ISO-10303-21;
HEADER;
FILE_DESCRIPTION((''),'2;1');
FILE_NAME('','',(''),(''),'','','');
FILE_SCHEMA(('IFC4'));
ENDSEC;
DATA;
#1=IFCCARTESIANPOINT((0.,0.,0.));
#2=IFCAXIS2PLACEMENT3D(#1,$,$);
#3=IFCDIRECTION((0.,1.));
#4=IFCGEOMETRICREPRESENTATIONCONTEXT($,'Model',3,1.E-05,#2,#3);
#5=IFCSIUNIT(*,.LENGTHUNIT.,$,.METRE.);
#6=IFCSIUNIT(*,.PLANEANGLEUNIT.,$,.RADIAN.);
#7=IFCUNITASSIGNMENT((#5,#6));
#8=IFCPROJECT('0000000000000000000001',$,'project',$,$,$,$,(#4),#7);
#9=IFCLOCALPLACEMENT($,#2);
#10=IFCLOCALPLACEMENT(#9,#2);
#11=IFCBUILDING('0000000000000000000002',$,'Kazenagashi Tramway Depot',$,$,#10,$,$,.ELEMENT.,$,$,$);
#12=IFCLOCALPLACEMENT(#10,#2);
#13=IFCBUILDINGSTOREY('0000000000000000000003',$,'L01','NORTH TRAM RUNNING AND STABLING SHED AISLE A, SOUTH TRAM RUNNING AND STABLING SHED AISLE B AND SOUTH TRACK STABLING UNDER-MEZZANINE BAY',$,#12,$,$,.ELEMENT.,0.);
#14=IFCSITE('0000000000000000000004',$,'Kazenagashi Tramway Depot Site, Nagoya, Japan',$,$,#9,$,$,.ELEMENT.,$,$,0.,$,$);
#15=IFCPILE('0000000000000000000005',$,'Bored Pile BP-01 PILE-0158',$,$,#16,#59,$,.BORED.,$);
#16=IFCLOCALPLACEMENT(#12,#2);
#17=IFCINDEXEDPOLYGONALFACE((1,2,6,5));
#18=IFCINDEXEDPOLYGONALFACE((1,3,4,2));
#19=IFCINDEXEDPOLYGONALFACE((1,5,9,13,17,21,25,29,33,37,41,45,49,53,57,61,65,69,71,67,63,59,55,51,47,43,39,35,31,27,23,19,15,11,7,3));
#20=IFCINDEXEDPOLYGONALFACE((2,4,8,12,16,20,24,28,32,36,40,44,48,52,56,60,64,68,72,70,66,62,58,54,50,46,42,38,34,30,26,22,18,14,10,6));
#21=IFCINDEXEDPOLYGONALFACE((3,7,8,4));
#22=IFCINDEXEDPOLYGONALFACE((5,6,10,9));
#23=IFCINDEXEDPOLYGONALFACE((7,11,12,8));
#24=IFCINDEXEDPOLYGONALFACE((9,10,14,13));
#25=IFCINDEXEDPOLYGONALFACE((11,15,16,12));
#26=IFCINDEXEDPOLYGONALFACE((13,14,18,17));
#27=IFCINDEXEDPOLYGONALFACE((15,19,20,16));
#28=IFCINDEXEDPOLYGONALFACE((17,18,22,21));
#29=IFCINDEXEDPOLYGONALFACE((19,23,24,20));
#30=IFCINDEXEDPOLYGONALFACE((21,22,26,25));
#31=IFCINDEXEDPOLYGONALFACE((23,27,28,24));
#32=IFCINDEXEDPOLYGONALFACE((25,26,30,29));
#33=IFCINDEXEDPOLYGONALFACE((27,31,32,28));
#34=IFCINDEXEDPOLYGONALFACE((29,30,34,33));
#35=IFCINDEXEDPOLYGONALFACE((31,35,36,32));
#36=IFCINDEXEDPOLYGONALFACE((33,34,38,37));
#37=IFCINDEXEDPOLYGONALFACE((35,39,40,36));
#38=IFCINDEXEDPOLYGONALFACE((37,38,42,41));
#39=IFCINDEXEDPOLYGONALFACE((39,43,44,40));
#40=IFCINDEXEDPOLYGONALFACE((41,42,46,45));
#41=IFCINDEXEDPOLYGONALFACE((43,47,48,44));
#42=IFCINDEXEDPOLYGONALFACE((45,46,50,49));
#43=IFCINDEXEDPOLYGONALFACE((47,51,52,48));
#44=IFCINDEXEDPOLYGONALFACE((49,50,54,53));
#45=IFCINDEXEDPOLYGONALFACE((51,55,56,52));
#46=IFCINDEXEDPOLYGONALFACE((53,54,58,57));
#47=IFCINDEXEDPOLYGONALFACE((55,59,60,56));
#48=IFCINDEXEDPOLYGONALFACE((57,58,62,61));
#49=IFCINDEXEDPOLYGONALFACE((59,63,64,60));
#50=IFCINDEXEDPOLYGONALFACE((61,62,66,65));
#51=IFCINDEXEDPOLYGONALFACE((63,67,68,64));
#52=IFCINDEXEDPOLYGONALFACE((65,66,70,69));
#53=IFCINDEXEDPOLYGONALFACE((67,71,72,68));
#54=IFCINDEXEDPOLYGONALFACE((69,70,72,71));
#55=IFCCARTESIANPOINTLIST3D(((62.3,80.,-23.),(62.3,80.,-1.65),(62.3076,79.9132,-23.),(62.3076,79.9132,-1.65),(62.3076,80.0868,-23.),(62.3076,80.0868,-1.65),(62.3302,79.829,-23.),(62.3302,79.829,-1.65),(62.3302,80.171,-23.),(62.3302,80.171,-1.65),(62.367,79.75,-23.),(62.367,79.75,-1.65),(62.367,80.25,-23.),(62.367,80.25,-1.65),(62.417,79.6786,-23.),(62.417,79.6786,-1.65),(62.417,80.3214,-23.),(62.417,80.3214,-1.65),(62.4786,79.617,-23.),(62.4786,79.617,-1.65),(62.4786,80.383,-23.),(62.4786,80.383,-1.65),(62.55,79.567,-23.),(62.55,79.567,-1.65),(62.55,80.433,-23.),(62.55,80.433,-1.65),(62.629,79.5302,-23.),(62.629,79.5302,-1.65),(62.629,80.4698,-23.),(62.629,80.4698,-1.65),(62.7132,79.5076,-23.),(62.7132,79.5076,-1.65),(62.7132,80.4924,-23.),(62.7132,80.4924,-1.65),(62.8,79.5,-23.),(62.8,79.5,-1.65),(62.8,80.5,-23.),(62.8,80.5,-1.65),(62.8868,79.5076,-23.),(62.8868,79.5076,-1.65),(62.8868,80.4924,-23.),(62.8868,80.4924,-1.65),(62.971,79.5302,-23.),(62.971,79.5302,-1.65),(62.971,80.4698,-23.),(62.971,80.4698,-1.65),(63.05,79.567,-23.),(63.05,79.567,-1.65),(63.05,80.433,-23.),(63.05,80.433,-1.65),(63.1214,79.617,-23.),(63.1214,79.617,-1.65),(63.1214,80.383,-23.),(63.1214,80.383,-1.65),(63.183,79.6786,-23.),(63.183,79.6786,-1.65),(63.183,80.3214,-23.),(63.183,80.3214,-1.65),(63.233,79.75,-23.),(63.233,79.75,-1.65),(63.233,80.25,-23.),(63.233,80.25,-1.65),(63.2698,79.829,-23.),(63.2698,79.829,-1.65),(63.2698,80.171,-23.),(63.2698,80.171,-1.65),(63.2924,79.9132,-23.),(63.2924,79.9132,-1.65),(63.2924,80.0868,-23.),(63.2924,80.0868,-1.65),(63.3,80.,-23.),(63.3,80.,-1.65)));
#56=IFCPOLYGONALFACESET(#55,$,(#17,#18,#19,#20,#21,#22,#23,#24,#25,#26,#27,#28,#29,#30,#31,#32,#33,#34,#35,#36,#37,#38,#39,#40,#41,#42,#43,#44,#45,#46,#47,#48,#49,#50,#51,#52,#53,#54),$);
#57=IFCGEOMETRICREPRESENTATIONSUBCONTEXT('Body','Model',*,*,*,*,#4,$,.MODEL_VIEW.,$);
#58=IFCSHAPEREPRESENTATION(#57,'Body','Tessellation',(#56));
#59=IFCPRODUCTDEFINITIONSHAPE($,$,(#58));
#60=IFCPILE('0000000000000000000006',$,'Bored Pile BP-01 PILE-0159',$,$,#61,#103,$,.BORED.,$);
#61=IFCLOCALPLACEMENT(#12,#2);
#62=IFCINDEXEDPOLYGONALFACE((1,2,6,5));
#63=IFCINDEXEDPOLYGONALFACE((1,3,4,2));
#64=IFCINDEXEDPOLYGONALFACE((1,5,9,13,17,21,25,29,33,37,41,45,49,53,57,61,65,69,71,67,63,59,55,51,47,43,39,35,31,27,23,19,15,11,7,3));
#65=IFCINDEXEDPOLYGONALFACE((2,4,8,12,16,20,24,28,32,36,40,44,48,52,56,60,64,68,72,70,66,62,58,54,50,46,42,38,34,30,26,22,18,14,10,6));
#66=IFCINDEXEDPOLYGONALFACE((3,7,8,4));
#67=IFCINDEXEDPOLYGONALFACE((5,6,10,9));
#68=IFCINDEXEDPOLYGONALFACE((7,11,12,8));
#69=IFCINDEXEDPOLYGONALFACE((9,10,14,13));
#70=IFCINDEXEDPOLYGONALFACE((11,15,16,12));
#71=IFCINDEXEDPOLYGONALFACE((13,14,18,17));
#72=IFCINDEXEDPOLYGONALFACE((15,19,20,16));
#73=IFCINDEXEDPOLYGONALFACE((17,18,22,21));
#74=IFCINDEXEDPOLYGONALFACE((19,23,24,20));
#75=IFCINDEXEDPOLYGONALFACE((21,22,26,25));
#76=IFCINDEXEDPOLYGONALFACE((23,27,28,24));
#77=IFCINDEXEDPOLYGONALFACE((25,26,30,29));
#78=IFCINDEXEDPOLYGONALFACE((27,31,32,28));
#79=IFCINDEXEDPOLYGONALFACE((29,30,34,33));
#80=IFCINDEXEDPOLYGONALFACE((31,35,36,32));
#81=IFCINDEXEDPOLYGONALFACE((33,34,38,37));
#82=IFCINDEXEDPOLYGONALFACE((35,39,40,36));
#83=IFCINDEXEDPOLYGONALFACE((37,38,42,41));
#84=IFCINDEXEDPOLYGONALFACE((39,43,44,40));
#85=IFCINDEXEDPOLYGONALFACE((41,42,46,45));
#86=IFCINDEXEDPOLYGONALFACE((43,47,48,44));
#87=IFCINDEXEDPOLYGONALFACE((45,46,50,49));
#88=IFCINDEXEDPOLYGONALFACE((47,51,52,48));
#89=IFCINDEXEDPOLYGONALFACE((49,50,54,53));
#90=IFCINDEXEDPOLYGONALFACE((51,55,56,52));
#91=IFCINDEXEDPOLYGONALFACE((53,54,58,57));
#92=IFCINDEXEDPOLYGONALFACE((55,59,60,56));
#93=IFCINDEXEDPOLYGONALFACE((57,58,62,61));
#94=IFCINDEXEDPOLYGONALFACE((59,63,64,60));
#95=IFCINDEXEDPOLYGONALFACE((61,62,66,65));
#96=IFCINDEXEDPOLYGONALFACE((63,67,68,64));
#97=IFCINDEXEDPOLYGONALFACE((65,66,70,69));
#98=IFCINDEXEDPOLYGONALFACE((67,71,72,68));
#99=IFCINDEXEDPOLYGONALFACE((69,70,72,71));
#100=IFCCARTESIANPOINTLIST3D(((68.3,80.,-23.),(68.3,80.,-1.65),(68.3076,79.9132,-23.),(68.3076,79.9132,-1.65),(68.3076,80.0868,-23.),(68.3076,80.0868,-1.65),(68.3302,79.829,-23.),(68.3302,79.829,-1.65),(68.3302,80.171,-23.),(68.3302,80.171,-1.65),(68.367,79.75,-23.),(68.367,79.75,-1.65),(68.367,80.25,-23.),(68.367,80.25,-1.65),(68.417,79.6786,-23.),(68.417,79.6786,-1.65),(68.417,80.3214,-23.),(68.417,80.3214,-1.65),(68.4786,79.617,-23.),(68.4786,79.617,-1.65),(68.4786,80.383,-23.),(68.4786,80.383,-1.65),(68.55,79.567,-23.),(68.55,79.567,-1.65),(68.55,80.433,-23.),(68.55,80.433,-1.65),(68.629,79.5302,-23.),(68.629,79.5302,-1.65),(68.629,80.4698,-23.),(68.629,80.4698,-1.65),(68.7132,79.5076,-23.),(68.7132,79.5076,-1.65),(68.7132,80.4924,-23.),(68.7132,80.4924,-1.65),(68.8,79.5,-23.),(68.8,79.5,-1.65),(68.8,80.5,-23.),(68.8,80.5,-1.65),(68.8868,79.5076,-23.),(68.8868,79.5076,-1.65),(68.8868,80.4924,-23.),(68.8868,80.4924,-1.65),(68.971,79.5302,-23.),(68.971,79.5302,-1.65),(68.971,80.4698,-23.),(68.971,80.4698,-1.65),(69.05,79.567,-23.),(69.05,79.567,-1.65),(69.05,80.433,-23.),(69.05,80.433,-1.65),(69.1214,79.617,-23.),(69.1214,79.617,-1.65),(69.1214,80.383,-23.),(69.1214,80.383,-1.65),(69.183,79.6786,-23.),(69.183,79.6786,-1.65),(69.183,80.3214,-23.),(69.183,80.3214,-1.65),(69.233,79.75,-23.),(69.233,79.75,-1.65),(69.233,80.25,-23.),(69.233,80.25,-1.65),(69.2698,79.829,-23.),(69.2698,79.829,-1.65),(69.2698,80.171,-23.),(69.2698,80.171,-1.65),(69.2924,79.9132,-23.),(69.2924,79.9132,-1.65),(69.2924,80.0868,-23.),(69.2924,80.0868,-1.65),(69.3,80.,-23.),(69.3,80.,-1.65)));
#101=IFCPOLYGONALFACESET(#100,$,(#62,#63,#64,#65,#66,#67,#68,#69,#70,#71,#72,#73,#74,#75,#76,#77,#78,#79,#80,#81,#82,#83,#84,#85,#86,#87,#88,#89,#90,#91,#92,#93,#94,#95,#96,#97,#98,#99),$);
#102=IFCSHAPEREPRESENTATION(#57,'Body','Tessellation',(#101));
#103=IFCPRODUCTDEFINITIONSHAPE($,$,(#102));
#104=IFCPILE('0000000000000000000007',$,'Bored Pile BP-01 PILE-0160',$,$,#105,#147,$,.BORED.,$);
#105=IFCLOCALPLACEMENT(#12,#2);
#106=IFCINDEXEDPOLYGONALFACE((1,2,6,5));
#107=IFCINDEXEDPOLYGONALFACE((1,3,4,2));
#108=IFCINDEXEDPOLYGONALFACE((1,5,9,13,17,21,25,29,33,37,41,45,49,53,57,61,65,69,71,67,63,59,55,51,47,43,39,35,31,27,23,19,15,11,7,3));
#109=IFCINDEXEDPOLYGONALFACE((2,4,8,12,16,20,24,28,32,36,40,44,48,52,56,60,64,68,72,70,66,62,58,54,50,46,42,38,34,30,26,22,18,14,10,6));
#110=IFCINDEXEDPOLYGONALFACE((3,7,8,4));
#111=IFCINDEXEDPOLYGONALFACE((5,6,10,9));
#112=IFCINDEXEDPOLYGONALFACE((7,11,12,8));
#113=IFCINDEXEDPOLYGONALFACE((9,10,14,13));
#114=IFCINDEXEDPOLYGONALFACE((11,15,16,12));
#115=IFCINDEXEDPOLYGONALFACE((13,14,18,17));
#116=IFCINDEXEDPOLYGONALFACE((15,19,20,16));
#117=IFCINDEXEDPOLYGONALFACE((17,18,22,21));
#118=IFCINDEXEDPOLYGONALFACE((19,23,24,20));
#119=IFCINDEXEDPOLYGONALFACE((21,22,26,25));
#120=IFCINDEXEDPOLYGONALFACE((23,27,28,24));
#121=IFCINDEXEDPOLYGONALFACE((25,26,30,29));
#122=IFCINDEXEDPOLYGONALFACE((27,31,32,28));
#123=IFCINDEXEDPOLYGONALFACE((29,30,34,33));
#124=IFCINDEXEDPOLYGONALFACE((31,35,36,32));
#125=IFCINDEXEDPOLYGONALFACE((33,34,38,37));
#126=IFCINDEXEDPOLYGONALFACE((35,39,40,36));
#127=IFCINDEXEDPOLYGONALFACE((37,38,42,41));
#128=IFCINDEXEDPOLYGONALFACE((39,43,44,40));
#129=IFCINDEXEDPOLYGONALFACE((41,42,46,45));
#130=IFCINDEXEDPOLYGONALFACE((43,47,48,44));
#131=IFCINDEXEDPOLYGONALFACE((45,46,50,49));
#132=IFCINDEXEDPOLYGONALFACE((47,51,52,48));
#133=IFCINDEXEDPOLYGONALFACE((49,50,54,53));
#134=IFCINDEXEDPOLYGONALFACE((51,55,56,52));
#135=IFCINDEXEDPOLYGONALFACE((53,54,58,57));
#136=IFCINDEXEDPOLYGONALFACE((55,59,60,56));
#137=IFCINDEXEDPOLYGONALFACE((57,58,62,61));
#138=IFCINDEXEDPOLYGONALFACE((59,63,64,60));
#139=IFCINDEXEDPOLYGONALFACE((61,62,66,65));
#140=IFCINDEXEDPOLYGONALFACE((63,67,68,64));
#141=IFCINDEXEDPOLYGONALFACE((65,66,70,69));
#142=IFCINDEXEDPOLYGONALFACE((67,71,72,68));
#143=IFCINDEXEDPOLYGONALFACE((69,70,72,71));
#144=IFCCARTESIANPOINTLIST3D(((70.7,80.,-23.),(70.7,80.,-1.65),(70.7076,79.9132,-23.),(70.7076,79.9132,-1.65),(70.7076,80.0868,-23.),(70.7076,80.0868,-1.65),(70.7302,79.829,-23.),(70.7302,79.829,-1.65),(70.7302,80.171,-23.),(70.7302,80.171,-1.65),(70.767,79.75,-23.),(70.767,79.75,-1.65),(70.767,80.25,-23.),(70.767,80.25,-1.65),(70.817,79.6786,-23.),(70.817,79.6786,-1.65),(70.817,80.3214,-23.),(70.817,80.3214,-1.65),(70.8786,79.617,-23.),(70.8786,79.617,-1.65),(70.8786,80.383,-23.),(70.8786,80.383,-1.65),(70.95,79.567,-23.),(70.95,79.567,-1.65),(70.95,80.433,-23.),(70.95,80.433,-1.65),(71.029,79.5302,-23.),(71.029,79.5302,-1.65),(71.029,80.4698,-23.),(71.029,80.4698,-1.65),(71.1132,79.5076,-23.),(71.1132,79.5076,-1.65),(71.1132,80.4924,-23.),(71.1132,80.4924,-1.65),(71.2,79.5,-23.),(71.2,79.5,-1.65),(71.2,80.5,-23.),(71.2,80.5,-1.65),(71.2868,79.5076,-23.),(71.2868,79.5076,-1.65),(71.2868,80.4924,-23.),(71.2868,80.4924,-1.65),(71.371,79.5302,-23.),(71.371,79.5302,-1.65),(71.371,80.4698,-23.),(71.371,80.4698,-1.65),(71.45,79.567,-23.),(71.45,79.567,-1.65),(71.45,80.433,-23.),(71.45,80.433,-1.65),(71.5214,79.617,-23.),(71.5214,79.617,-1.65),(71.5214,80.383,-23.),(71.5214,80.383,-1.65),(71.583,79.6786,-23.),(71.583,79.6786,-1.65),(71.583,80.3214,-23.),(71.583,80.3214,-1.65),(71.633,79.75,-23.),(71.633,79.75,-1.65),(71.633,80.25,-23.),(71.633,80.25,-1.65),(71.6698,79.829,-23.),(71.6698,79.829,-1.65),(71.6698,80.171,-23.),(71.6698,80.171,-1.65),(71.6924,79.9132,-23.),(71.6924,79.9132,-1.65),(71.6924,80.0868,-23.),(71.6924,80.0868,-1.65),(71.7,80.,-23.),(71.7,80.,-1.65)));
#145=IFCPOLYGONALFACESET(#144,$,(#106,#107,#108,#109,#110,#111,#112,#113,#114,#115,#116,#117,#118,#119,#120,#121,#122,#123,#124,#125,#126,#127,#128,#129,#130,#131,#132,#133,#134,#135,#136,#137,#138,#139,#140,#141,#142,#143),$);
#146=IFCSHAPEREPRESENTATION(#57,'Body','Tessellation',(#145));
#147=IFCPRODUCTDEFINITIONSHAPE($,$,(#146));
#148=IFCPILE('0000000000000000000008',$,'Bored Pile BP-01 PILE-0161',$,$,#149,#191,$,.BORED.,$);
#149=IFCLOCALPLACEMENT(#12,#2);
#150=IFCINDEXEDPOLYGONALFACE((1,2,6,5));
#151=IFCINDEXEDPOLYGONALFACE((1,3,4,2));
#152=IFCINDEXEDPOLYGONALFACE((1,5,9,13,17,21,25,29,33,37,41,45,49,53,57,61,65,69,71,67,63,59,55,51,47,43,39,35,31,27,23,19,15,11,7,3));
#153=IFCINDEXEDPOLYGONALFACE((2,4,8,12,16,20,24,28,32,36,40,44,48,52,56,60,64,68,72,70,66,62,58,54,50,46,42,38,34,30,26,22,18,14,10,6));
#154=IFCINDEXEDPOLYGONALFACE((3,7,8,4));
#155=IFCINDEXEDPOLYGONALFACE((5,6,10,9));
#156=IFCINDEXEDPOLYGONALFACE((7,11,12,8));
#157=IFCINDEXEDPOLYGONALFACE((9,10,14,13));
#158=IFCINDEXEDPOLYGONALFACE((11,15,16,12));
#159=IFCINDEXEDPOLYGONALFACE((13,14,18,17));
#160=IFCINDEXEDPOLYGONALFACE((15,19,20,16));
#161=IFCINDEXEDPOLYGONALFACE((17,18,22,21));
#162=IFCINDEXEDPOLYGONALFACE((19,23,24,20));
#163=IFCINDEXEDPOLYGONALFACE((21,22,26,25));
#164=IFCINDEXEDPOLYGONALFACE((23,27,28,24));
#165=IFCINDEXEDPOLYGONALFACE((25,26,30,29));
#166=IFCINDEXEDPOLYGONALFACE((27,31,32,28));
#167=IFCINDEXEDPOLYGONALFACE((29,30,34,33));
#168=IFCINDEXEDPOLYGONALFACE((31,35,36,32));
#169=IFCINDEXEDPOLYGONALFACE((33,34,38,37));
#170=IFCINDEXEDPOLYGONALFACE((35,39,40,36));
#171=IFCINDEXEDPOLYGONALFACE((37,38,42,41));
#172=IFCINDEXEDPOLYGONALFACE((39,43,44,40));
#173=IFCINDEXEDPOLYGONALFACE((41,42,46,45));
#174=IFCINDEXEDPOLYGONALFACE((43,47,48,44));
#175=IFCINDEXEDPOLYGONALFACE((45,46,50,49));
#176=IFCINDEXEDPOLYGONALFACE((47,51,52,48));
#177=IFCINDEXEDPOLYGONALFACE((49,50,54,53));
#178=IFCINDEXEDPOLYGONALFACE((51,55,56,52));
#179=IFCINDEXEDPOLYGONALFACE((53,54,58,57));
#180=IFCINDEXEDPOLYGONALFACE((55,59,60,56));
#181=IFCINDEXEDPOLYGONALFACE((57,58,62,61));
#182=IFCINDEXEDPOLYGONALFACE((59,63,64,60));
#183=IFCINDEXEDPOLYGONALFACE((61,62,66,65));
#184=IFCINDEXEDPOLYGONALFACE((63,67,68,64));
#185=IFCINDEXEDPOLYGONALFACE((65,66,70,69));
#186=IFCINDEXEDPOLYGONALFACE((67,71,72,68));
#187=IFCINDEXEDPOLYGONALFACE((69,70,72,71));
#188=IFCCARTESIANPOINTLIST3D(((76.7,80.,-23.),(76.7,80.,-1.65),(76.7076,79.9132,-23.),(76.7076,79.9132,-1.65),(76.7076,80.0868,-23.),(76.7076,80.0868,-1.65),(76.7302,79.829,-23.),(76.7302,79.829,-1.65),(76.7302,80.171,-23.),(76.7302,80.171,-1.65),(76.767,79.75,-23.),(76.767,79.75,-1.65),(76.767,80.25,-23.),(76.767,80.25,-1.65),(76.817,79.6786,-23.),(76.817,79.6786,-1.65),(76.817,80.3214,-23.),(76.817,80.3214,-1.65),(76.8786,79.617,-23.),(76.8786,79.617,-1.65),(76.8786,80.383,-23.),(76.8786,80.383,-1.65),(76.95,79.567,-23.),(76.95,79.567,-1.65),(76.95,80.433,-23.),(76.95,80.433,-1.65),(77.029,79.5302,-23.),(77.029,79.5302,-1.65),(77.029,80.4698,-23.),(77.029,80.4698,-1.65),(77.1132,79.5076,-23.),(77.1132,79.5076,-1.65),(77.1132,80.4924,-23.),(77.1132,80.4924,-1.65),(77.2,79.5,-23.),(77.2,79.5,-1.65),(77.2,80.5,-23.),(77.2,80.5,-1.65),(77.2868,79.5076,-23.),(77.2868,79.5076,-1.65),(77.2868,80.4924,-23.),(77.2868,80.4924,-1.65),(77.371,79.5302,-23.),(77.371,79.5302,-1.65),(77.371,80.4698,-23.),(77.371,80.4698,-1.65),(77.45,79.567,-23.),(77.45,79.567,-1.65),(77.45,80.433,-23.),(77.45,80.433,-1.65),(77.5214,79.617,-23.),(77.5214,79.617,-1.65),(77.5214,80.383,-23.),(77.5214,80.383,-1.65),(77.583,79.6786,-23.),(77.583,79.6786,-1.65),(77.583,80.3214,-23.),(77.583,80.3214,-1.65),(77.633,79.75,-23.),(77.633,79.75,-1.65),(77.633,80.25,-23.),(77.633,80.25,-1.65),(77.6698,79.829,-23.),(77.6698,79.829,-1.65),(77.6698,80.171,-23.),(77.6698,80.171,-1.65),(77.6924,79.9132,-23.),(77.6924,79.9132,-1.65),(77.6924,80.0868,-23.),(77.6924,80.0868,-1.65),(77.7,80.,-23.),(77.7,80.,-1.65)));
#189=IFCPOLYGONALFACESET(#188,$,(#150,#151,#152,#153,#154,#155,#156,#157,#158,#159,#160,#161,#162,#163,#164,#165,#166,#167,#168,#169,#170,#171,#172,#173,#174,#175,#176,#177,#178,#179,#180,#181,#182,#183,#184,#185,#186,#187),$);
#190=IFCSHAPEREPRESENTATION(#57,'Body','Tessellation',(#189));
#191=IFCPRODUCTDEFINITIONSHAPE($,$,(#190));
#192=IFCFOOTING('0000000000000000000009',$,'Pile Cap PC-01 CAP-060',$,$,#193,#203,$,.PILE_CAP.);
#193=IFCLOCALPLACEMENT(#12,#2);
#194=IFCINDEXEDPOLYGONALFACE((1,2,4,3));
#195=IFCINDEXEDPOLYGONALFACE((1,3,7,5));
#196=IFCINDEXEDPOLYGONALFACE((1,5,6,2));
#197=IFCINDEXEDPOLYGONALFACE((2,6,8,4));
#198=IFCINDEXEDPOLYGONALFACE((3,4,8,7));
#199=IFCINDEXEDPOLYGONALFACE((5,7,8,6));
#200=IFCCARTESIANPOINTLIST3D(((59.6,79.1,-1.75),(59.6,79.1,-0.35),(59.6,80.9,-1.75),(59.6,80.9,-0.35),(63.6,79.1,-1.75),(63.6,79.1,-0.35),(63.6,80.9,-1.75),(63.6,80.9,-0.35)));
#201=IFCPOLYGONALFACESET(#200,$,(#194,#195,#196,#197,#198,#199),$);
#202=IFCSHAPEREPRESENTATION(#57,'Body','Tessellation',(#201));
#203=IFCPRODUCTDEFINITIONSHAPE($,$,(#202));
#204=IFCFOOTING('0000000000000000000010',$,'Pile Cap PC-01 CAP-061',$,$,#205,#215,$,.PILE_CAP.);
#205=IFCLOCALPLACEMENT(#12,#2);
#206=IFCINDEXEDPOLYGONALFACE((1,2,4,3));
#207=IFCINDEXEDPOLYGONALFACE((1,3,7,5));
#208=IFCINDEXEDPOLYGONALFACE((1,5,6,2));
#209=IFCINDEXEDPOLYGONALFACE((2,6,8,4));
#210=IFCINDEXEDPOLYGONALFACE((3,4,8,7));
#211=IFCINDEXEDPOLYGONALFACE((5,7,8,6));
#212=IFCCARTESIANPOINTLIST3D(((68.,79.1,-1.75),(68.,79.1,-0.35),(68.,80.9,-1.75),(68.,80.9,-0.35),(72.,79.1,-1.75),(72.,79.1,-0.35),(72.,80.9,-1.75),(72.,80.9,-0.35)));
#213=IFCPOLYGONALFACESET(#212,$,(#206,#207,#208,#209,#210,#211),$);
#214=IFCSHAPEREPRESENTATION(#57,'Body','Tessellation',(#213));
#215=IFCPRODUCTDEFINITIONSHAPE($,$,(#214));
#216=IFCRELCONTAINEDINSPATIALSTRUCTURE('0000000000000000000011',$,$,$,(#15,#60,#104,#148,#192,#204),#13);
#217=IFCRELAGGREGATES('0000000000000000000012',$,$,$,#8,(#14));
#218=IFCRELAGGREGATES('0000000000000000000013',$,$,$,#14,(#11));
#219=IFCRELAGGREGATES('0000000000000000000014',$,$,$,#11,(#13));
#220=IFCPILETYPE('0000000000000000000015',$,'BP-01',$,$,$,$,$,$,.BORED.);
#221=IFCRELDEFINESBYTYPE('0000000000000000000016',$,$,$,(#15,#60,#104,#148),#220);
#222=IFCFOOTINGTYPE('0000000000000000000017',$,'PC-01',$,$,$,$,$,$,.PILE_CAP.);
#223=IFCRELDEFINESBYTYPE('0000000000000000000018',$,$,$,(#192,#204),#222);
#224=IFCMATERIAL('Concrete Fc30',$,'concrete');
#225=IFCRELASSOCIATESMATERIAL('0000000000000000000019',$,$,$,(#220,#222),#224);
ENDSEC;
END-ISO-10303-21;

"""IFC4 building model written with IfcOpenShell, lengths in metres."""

from ifc_helpers import new_model, si_unit, direction, frame, origin, origin_2d, place, context, subcontext, project, spatial, rectangle, circle, extrude, material, material_profile, profile_set, type_object, element, save


model = new_model("IFC4")

# Units and contexts
model_context = context("Model", 3, precision=1e-05, world=origin(), true_north=direction((0.0, 1.0)))
body_context = subcontext(model_context, "Body", "Model", "MODEL_VIEW")
ifc_project = project(units=[si_unit("LENGTHUNIT", "METRE"), si_unit("PLANEANGLEUNIT", "RADIAN")], contexts=[model_context])

# Site, building, storey
site_placement = place(None, origin())
site = spatial("IfcSite", under=ifc_project, at=site_placement, Name="Kazenagashi Tramway Depot Site, Nagoya, Japan", CompositionType="ELEMENT", RefElevation=0.0)
building_placement = place(site_placement, origin())
building = spatial("IfcBuilding", under=site, at=building_placement, Name="Kazenagashi Tramway Depot", CompositionType="ELEMENT")
storey_placement = place(building_placement, origin())
storey = spatial("IfcBuildingStorey", under=building, at=storey_placement, Name="L01", Description="NORTH TRAM RUNNING AND STABLING SHED AISLE A, SOUTH TRAM RUNNING AND STABLING SHED AISLE B AND SOUTH TRACK STABLING UNDER-MEZZANINE BAY", CompositionType="ELEMENT", Elevation=0.0)

# Piles
ifc_material_1 = material(Name="Concrete Fc30", Category="concrete")
ifc_material_profile_1 = material_profile(ifc_material_1, circle(Radius=0.5, at=origin_2d()), Name="PILE-1000")
ifc_profile_set_1 = profile_set([ifc_material_profile_1], Name="Concrete Fc30")
pile_type = type_object("IfcPileType", Name="BP-01", PredefinedType="BORED", material=ifc_profile_set_1)
for number, where, z_axis, x_axis, name in (
    (1, (62.8, 80.0, -1.65), (0.0, 0.0, -1.0), (1.0, 0.0, 0.0), "Bored Pile BP-01 PILE-0158"),
    (2, (68.8, 80.0, -1.65), (0.0, 0.0, -1.0), (1.0, 0.0, 0.0), "Bored Pile BP-01 PILE-0159"),
    (3, (71.2, 80.0, -1.65), (0.0, 0.0, -1.0), (1.0, 0.0, 0.0), "Bored Pile BP-01 PILE-0160"),
    (4, (77.2, 80.0, -1.65), (0.0, 0.0, -1.0), (1.0, 0.0, 0.0), "Bored Pile BP-01 PILE-0161"),
):
    element("IfcPile", number, at=place(storey_placement, frame(where, z_axis=z_axis, x_axis=x_axis)), inside=storey, type_object=pile_type, Name=name, PredefinedType="BORED", context=body_context, shape_type="SweptSolid", body=[
        extrude(circle(Radius=0.5, at=origin_2d()), origin(), (0.0, 0.0, 1.0), 21.35),
    ])

# Footings
footing_type_1 = type_object("IfcFootingType", Name="PC-01", PredefinedType="PILE_CAP", material=ifc_material_1)
for number, where, z_axis, x_axis, name in (
    (5, (61.6, 80.0, -1.75), (0.0, 0.0, 1.0), (1.0, 0.0, 0.0), "Pile Cap PC-01 CAP-060"),
    (6, (70.0, 80.0, -1.75), (0.0, 0.0, 1.0), (1.0, 0.0, 0.0), "Pile Cap PC-01 CAP-061"),
):
    element("IfcFooting", number, at=place(storey_placement, frame(where, z_axis=z_axis, x_axis=x_axis)), inside=storey, type_object=footing_type_1, Name=name, PredefinedType="PILE_CAP", context=body_context, shape_type="SweptSolid", body=[
        extrude(rectangle(XDim=4.0, YDim=1.8, at=origin_2d()), origin(), (0.0, 0.0, 1.0), 1.4),
    ])

save(model, "model.ifc")
